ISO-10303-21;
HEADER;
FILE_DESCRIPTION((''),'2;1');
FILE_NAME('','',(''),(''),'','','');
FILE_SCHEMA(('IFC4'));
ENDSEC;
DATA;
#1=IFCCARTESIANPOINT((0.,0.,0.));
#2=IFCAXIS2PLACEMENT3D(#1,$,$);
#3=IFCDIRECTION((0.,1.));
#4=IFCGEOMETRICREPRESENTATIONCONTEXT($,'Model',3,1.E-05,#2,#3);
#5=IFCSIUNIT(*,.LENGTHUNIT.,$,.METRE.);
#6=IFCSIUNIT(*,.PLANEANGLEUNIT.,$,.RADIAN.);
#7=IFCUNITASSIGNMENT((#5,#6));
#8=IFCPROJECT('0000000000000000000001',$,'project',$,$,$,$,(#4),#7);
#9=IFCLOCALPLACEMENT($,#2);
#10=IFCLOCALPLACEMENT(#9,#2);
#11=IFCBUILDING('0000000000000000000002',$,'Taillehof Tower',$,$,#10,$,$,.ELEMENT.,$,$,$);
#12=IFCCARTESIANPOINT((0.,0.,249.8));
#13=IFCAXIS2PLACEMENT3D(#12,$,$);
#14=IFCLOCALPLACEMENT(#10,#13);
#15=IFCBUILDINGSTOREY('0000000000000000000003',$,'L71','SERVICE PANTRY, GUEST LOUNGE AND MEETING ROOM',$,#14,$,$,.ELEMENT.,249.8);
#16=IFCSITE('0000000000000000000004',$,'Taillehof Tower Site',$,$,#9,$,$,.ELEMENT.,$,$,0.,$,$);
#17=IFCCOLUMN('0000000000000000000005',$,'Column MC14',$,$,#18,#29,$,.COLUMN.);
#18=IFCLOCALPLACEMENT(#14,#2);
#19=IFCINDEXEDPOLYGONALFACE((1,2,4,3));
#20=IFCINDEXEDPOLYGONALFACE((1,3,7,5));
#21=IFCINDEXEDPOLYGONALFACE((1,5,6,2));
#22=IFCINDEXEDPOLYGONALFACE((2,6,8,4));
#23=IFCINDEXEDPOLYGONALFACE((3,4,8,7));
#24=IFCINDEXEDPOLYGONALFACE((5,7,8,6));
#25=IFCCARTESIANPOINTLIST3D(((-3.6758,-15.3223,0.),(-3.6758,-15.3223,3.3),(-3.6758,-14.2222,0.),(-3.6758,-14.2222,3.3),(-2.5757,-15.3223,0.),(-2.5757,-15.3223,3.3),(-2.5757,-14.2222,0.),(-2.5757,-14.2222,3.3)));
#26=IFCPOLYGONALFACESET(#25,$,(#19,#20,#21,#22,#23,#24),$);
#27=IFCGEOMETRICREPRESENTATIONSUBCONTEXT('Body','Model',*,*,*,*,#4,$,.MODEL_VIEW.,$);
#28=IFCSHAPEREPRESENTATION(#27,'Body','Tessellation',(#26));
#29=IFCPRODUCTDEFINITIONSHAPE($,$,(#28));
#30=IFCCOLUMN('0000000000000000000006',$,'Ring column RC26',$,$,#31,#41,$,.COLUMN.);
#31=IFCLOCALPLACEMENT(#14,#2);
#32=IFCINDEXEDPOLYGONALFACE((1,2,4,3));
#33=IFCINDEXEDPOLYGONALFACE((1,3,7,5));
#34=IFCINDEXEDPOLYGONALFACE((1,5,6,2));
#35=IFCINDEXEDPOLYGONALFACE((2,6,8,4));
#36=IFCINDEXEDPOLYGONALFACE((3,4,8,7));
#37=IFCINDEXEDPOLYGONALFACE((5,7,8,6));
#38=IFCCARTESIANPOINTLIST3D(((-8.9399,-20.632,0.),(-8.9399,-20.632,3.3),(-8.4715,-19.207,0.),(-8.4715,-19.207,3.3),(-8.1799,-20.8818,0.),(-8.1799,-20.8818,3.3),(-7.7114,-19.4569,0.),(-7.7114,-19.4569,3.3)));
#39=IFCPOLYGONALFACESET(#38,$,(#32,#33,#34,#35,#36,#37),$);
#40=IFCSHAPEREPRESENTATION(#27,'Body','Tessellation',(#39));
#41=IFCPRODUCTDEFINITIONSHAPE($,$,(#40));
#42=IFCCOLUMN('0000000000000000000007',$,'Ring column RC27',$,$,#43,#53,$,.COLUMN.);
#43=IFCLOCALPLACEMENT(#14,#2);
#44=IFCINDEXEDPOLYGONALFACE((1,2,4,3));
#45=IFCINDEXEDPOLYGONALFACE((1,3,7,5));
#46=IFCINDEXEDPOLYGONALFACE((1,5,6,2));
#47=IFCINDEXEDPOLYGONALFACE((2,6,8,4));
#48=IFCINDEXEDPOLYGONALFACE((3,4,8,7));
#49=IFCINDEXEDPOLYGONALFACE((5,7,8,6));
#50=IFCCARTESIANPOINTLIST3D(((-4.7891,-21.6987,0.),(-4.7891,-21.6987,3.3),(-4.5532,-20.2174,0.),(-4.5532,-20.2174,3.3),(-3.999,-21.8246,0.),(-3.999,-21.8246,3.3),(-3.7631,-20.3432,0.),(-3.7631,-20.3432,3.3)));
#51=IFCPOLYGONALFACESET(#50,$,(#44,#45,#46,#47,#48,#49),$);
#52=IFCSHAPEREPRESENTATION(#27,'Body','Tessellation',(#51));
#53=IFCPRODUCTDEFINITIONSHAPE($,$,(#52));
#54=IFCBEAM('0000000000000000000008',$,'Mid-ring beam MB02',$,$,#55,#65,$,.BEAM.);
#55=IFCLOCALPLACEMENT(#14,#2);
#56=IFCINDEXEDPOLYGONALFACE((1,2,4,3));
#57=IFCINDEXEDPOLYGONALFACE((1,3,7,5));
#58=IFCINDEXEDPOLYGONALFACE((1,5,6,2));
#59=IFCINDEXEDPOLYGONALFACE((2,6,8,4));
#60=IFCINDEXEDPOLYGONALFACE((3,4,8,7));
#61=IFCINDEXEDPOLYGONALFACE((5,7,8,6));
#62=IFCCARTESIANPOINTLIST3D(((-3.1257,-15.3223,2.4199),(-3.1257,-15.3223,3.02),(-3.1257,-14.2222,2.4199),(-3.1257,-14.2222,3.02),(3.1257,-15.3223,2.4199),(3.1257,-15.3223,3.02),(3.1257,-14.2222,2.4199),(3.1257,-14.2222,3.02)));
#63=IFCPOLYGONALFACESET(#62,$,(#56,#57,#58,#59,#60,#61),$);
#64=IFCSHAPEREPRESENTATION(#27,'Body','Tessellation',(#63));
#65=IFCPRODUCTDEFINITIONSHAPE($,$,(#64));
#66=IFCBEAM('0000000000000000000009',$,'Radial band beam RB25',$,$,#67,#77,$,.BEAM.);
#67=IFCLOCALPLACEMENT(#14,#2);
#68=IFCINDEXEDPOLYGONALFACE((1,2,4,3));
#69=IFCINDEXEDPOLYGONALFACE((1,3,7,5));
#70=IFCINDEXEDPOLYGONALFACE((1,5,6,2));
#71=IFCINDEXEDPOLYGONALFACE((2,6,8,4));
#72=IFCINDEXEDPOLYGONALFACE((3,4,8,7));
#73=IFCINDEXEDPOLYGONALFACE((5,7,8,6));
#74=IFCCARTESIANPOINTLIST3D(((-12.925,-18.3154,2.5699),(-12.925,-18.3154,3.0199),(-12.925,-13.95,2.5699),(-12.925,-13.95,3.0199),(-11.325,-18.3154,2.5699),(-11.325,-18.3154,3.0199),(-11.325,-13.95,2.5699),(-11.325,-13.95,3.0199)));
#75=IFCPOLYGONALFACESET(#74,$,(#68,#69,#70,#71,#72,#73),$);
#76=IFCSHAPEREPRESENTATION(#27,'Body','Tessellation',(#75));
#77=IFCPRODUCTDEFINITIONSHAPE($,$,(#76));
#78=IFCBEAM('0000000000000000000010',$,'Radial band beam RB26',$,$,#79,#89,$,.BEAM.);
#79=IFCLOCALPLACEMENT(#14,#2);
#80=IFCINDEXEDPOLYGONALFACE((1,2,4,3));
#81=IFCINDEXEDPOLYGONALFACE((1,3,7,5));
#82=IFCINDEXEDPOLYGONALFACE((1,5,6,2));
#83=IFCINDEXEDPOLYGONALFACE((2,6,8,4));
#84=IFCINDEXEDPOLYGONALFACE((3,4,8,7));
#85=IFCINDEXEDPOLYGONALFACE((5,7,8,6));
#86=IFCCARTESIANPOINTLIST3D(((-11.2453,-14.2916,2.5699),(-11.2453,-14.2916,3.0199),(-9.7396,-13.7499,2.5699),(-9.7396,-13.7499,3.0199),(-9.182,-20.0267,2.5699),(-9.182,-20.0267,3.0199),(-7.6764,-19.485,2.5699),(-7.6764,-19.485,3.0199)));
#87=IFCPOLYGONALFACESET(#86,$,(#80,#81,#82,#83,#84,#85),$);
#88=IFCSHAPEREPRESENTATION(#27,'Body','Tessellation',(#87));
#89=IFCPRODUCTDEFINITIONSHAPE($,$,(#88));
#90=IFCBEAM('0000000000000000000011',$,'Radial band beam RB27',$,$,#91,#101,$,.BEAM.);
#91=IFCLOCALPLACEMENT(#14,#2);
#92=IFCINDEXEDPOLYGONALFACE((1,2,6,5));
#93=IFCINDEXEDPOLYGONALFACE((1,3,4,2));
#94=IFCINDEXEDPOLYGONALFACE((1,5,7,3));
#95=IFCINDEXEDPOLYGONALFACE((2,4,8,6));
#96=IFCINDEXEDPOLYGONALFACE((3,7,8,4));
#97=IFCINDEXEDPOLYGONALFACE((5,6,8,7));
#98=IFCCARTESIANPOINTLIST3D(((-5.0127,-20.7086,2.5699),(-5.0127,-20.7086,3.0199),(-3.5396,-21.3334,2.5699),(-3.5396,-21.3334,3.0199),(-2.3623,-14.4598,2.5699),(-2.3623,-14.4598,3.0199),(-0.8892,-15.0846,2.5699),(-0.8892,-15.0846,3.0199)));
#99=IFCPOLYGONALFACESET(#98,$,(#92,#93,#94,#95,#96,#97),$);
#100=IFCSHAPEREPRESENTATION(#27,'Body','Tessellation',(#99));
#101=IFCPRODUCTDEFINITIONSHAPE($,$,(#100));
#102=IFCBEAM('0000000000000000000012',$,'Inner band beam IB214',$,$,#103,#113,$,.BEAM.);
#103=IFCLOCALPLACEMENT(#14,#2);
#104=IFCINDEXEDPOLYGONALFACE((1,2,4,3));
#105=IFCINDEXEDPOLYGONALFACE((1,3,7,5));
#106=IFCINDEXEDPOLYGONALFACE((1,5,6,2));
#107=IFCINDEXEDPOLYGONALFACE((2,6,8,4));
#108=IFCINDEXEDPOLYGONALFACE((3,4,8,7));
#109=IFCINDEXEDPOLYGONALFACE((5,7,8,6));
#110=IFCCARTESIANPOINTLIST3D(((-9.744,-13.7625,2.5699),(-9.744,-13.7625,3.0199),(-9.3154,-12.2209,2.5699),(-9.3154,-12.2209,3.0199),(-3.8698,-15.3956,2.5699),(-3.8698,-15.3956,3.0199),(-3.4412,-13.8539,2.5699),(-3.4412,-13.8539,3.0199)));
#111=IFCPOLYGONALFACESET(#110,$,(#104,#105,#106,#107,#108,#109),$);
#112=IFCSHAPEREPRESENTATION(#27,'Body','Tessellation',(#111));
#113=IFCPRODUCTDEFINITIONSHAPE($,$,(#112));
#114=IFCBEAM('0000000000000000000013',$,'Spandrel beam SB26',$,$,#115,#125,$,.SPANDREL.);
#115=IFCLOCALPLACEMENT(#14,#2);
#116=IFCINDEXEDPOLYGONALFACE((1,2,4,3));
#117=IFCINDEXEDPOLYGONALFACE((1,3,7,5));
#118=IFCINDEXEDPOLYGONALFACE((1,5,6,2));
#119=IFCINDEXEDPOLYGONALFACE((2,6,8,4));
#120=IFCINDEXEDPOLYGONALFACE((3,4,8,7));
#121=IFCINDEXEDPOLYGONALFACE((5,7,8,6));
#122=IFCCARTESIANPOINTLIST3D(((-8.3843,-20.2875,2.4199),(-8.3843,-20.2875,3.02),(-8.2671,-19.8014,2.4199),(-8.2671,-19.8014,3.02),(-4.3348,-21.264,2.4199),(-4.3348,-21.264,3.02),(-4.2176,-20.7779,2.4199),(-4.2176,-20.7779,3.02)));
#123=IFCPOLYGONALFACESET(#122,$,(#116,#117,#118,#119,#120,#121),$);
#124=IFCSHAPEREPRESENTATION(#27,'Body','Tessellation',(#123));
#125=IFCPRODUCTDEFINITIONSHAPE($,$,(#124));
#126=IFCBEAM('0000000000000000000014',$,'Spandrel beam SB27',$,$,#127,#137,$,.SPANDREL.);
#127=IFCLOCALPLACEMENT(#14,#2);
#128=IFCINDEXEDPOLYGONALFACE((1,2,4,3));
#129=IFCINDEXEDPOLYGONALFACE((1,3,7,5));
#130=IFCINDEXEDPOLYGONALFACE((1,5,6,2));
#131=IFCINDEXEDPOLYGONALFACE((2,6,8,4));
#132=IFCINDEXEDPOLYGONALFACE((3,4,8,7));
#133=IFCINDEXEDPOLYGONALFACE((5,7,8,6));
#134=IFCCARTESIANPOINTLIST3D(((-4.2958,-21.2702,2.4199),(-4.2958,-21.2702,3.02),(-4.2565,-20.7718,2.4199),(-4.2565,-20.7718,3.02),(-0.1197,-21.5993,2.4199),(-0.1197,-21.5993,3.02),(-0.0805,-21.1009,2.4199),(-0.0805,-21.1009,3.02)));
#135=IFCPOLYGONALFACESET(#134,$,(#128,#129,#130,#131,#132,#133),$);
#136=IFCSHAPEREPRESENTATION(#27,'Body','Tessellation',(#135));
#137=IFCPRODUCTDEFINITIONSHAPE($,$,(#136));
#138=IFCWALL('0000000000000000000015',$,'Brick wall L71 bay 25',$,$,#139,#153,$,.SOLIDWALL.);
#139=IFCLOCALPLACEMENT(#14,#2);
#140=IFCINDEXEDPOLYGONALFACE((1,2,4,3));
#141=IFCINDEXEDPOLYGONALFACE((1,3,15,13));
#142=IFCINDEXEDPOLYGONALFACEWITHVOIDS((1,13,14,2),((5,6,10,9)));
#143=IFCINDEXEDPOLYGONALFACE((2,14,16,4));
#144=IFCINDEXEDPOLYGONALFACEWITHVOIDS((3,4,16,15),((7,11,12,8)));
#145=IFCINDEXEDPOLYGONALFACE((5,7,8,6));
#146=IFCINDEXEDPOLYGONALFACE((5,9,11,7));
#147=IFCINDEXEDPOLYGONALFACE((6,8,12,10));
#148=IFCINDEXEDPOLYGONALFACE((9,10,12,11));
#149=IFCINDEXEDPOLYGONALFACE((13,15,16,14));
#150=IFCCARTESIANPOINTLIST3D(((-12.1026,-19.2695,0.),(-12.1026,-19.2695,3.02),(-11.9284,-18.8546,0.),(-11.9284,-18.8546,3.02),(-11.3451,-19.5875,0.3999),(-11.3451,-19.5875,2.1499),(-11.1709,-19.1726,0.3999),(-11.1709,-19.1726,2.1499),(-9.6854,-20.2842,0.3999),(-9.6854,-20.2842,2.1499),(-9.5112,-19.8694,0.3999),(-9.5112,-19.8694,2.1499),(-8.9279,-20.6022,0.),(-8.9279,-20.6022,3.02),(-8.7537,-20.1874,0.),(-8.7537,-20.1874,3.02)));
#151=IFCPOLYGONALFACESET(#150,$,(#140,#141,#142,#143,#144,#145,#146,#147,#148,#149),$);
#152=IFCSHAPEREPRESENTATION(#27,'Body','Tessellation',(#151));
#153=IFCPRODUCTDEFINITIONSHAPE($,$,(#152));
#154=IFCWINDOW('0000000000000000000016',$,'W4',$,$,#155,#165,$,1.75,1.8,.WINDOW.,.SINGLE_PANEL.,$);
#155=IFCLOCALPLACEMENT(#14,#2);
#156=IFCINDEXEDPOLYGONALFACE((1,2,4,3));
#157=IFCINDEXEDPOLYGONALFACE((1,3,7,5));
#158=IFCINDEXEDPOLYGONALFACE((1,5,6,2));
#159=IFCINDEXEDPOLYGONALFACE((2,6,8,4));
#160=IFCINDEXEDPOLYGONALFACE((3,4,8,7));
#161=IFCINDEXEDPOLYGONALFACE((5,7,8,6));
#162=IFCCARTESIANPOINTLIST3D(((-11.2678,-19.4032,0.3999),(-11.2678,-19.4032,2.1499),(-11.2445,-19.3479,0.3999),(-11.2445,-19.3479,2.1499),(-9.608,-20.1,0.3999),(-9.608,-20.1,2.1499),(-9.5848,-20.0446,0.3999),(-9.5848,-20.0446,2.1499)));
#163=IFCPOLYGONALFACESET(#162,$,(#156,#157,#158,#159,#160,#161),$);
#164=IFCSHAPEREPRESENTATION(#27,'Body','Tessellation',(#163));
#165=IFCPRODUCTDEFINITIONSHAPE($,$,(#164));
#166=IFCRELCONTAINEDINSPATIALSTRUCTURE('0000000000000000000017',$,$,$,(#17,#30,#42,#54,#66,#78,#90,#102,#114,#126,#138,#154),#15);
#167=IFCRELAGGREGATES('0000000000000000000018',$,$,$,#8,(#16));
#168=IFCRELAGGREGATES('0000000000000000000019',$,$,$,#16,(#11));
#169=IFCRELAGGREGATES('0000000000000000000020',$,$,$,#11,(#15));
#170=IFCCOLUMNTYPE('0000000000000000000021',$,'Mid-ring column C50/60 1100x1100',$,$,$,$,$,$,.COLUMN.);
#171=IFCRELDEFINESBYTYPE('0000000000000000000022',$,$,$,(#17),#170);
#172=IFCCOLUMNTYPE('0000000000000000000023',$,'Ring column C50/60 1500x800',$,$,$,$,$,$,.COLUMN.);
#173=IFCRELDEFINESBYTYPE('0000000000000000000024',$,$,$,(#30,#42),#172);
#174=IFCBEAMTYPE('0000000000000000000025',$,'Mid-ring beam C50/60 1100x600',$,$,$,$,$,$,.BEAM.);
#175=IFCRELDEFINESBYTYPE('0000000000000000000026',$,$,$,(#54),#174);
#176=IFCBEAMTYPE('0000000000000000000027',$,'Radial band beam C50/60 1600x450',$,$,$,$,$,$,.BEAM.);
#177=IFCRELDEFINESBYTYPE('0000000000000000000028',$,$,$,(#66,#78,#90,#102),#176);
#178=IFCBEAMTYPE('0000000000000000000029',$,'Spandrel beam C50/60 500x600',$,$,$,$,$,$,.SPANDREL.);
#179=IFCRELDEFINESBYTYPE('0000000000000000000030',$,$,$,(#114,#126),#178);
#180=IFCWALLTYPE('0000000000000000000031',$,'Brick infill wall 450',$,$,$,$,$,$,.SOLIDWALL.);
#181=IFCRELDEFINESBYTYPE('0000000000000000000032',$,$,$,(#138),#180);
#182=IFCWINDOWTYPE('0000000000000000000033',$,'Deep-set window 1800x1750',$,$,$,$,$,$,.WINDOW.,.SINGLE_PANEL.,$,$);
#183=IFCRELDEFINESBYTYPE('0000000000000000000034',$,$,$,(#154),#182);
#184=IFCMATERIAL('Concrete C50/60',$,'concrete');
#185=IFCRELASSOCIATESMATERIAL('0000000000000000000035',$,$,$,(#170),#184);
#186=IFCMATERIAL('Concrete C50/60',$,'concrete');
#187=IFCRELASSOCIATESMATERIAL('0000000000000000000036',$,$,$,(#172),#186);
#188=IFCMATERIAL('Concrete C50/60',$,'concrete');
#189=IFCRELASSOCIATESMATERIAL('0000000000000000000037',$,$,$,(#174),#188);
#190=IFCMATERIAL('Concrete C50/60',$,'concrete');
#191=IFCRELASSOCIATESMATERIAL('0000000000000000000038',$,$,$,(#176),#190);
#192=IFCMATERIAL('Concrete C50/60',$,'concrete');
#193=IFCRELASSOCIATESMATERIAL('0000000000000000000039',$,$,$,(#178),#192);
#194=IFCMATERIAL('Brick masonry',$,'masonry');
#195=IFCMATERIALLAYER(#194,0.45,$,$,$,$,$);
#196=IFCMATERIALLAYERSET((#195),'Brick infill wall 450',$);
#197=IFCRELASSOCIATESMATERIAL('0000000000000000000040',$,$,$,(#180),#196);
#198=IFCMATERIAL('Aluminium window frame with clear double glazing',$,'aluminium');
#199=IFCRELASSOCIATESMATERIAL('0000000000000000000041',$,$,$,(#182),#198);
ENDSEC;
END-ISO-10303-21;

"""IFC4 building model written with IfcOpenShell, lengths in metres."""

from ifc_helpers import new_model, si_unit, direction, frame, frame_2d, origin, origin_2d, place, context, subcontext, project, spatial, rectangle, extrude, material, layer, layer_set, material_profile, profile_set, type_object, element, fill, save


model = new_model("IFC4")

# Units and contexts
model_context = context("Model", 3, precision=1e-05, world=origin(), true_north=direction((0.0, 1.0)))
body_context = subcontext(model_context, "Body", "Model", "MODEL_VIEW")
ifc_project = project(units=[si_unit("LENGTHUNIT", "METRE"), si_unit("PLANEANGLEUNIT", "RADIAN")], contexts=[model_context])

# Site, building, storey
site_placement = place(None, origin())
site = spatial("IfcSite", under=ifc_project, at=site_placement, Name="Taillehof Tower Site", CompositionType="ELEMENT", RefElevation=0.0)
building_placement = place(site_placement, origin())
building = spatial("IfcBuilding", under=site, at=building_placement, Name="Taillehof Tower", CompositionType="ELEMENT")
storey_placement = place(building_placement, frame((0.0, 0.0, 249.8)))
storey = spatial("IfcBuildingStorey", under=building, at=storey_placement, Name="L71", Description="SERVICE PANTRY, GUEST LOUNGE AND MEETING ROOM", CompositionType="ELEMENT", Elevation=249.8)

# Columns
ifc_material_1 = material(Name="Concrete C50/60", Category="concrete")
ifc_material_profile_1 = material_profile(ifc_material_1, rectangle(XDim=1.1001, YDim=1.1001, at=origin_2d()), Name="RC 1100x1100")
ifc_profile_set_1 = profile_set([ifc_material_profile_1], Name="Concrete C50/60")
column_type_1 = type_object("IfcColumnType", Name="Mid-ring column C50/60 1100x1100", PredefinedType="COLUMN", material=ifc_profile_set_1)
column_placement = place(storey_placement, frame((-3.1257, -14.7722, 0.0), z_axis=(0.0, 0.0, 1.0), x_axis=(1.0, 0.0, 0.0)))
element("IfcColumn", 1, at=column_placement, inside=storey, type_object=column_type_1, Name="Column MC14", PredefinedType="COLUMN", context=body_context, shape_type="SweptSolid", body=[
    extrude(rectangle(XDim=1.1001, YDim=1.1001, at=origin_2d()), origin(), (0.0, 0.0, 1.0), 3.3),
])
ifc_material_2 = material(Name="Concrete C50/60", Category="concrete")
ifc_material_profile_2 = material_profile(ifc_material_2, rectangle(XDim=1.5, YDim=0.8, at=origin_2d()), Name="RC 1500x800")
ifc_profile_set_2 = profile_set([ifc_material_profile_2], Name="Concrete C50/60")
column_type_2 = type_object("IfcColumnType", Name="Ring column C50/60 1500x800", PredefinedType="COLUMN", material=ifc_profile_set_2)
for number, where, z_axis, x_axis, name in (
    (2, (-8.3257, -20.0444, 0.0), (0.0, 0.0, 1.0), (-0.312304, -0.949982, 0.0), "Ring column RC26"),
    (3, (-4.2761, -21.021, 0.0), (0.0, 0.0, 1.0), (-0.157281, -0.987554, 0.0), "Ring column RC27"),
):
    element("IfcColumn", number, at=place(storey_placement, frame(where, z_axis=z_axis, x_axis=x_axis)), inside=storey, type_object=column_type_2, Name=name, PredefinedType="COLUMN", context=body_context, shape_type="SweptSolid", body=[
        extrude(rectangle(XDim=1.5, YDim=0.8, at=origin_2d()), origin(), (0.0, 0.0, 1.0), 3.3),
    ])

# Beams
ifc_material_3 = material(Name="Concrete C50/60", Category="concrete")
ifc_material_profile_3 = material_profile(ifc_material_3, rectangle(XDim=1.1001, YDim=0.6001, at=origin_2d()), Name="RC 1100x600")
ifc_profile_set_3 = profile_set([ifc_material_profile_3], Name="Concrete C50/60")
beam_type_1 = type_object("IfcBeamType", Name="Mid-ring beam C50/60 1100x600", PredefinedType="BEAM", material=ifc_profile_set_3)
beam_1_placement = place(storey_placement, frame((-3.1257, -14.7722, 2.72), z_axis=(1.0, 0.0, 0.0), x_axis=(0.0, 1.0, 0.0)))
element("IfcBeam", 4, at=beam_1_placement, inside=storey, type_object=beam_type_1, Name="Mid-ring beam MB02", PredefinedType="BEAM", context=body_context, shape_type="SweptSolid", body=[
    extrude(rectangle(XDim=1.1001, YDim=0.6001, at=origin_2d()), origin(), (0.0, 0.0, 1.0), 6.2515),
])
ifc_material_4 = material(Name="Concrete C50/60", Category="concrete")
ifc_material_profile_4 = material_profile(ifc_material_4, rectangle(XDim=1.6001, YDim=0.45, at=origin_2d()), Name="RC 1600x450")
ifc_profile_set_4 = profile_set([ifc_material_profile_4], Name="Concrete C50/60")
beam_type_2 = type_object("IfcBeamType", Name="Radial band beam C50/60 1600x450", PredefinedType="BEAM", material=ifc_profile_set_4)
beam_2_placement = place(storey_placement, frame((-12.125, -18.3154, 2.7949), z_axis=(0.0, 1.0, 0.0), x_axis=(-1.0, 0.0, 0.0)))
element("IfcBeam", 5, at=beam_2_placement, inside=storey, type_object=beam_type_2, Name="Radial band beam RB25", PredefinedType="BEAM", context=body_context, shape_type="SweptSolid", body=[
    extrude(rectangle(XDim=1.6001, YDim=0.45, at=origin_2d()), origin(), (0.0, 0.0, 1.0), 4.3655),
])
beam_3_placement = place(storey_placement, frame((-8.4292, -19.7559, 2.7949), z_axis=(-0.338515, 0.940961, 0.0), x_axis=(-0.940961, -0.338515, 0.0)))
element("IfcBeam", 6, at=beam_3_placement, inside=storey, type_object=beam_type_2, Name="Radial band beam RB26", PredefinedType="BEAM", context=body_context, shape_type="SweptSolid", body=[
    extrude(rectangle(XDim=1.6001, YDim=0.45, at=origin_2d()), origin(), (0.0, 0.0, 1.0), 6.095),
])
beam_4_placement = place(storey_placement, frame((-4.2761, -21.021, 2.7949), z_axis=(0.390474, 0.920614, 0.0), x_axis=(-0.920614, 0.390474, 0.0)))
element("IfcBeam", 7, at=beam_4_placement, inside=storey, type_object=beam_type_2, Name="Radial band beam RB27", PredefinedType="BEAM", context=body_context, shape_type="SweptSolid", body=[
    extrude(rectangle(XDim=1.6001, YDim=0.45, at=origin_2d()), origin(), (0.0, 0.0, 1.0), 6.7876),
])
beam_5_placement = place(storey_placement, frame((-3.6555, -14.6248, 2.7949), z_axis=(-0.963459, 0.267855, 0.0), x_axis=(-0.267855, -0.963459, 0.0)))
element("IfcBeam", 8, at=beam_5_placement, inside=storey, type_object=beam_type_2, Name="Inner band beam IB214", PredefinedType="BEAM", context=body_context, shape_type="SweptSolid", body=[
    extrude(rectangle(XDim=1.6001, YDim=0.45, at=origin_2d()), origin(), (0.0, 0.0, 1.0), 6.0969),
])
ifc_material_5 = material(Name="Concrete C50/60", Category="concrete")
ifc_material_profile_5 = material_profile(ifc_material_5, rectangle(XDim=0.5, YDim=0.6001, at=origin_2d()), Name="RC 500x600")
ifc_profile_set_5 = profile_set([ifc_material_profile_5], Name="Concrete C50/60")
beam_type_3 = type_object("IfcBeamType", Name="Spandrel beam C50/60 500x600", PredefinedType="SPANDREL", material=ifc_profile_set_5)
beam_6_placement = place(storey_placement, frame((-8.3257, -20.0444, 2.72), z_axis=(0.972132, -0.234432, 0.0), x_axis=(0.234432, 0.972132, 0.0)))
element("IfcBeam", 9, at=beam_6_placement, inside=storey, type_object=beam_type_3, Name="Spandrel beam SB26", PredefinedType="SPANDREL", context=body_context, shape_type="SweptSolid", body=[
    extrude(rectangle(XDim=0.5, YDim=0.6001, at=origin_2d()), origin(), (0.0, 0.0, 1.0), 4.1655),
])
beam_7_placement = place(storey_placement, frame((-4.2761, -21.021, 2.72), z_axis=(0.996909, -0.078564, 0.0), x_axis=(0.078564, 0.996909, 0.0)))
element("IfcBeam", 10, at=beam_7_placement, inside=storey, type_object=beam_type_3, Name="Spandrel beam SB27", PredefinedType="SPANDREL", context=body_context, shape_type="SweptSolid", body=[
    extrude(rectangle(XDim=0.5, YDim=0.6001, at=origin_2d()), origin(), (0.0, 0.0, 1.0), 4.189),
])

# Wall, opening, window
ifc_material_6 = material(Name="Brick masonry", Category="masonry")
ifc_layer_1 = layer(ifc_material_6, 0.45)
ifc_layer_set_1 = layer_set([ifc_layer_1], Name="Brick infill wall 450")
wall_type_1 = type_object("IfcWallType", Name="Brick infill wall 450", PredefinedType="SOLIDWALL", material=ifc_layer_set_1)
wall_1_placement = place(storey_placement, frame((-12.0156, -19.062, 0.0), z_axis=(0.0, 0.0, 1.0), x_axis=(0.92205, -0.387071, 0.0)))
wall_1 = element("IfcWall", 11, at=wall_1_placement, inside=storey, type_object=wall_type_1, Name="Brick wall L71 bay 25", PredefinedType="SOLIDWALL", context=body_context, shape_type="SweptSolid", body=[
    extrude(rectangle(XDim=3.4431, YDim=0.45, at=frame_2d((1.7217, 0.0))), origin(), (0.0, 0.0, 1.0), 3.02),
])
opening_1_placement = place(wall_1_placement, frame((0.8218, 0.0, 0.3999)))
opening_1 = element("IfcOpeningElement", 12, at=opening_1_placement, cuts=wall_1, PredefinedType="OPENING", context=body_context, shape_type="SweptSolid", body=[
    extrude(rectangle(XDim=1.8, YDim=1.75, at=frame_2d((0.8999, 0.875))), frame((0.0, 0.2349, 0.0), z_axis=(0.0, -1.0, 0.0), x_axis=(1.0, 0.0, 0.0)), (0.0, 0.0, 1.0), 0.47),
])
ifc_material_7 = material(Name="Aluminium window frame with clear double glazing", Category="aluminium")
window_type_1 = type_object("IfcWindowType", Name="Deep-set window 1800x1750", PartitioningType="SINGLE_PANEL", PredefinedType="WINDOW", material=ifc_material_7)
window_1_placement = place(opening_1_placement, origin())
window_1 = element("IfcWindow", 13, at=window_1_placement, inside=storey, type_object=window_type_1, Name="W4", OverallHeight=1.75, OverallWidth=1.8, PartitioningType="SINGLE_PANEL", PredefinedType="WINDOW", context=body_context, shape_type="SweptSolid", body=[
    extrude(rectangle(XDim=1.8, YDim=1.75, at=frame_2d((0.8999, 0.875))), frame((0.0, 0.0349, 0.0), z_axis=(0.0, -1.0, 0.0), x_axis=(1.0, 0.0, 0.0)), (0.0, 0.0, 1.0), 0.0601),
])
fill(opening_1, window_1)

save(model, "model.ifc")
